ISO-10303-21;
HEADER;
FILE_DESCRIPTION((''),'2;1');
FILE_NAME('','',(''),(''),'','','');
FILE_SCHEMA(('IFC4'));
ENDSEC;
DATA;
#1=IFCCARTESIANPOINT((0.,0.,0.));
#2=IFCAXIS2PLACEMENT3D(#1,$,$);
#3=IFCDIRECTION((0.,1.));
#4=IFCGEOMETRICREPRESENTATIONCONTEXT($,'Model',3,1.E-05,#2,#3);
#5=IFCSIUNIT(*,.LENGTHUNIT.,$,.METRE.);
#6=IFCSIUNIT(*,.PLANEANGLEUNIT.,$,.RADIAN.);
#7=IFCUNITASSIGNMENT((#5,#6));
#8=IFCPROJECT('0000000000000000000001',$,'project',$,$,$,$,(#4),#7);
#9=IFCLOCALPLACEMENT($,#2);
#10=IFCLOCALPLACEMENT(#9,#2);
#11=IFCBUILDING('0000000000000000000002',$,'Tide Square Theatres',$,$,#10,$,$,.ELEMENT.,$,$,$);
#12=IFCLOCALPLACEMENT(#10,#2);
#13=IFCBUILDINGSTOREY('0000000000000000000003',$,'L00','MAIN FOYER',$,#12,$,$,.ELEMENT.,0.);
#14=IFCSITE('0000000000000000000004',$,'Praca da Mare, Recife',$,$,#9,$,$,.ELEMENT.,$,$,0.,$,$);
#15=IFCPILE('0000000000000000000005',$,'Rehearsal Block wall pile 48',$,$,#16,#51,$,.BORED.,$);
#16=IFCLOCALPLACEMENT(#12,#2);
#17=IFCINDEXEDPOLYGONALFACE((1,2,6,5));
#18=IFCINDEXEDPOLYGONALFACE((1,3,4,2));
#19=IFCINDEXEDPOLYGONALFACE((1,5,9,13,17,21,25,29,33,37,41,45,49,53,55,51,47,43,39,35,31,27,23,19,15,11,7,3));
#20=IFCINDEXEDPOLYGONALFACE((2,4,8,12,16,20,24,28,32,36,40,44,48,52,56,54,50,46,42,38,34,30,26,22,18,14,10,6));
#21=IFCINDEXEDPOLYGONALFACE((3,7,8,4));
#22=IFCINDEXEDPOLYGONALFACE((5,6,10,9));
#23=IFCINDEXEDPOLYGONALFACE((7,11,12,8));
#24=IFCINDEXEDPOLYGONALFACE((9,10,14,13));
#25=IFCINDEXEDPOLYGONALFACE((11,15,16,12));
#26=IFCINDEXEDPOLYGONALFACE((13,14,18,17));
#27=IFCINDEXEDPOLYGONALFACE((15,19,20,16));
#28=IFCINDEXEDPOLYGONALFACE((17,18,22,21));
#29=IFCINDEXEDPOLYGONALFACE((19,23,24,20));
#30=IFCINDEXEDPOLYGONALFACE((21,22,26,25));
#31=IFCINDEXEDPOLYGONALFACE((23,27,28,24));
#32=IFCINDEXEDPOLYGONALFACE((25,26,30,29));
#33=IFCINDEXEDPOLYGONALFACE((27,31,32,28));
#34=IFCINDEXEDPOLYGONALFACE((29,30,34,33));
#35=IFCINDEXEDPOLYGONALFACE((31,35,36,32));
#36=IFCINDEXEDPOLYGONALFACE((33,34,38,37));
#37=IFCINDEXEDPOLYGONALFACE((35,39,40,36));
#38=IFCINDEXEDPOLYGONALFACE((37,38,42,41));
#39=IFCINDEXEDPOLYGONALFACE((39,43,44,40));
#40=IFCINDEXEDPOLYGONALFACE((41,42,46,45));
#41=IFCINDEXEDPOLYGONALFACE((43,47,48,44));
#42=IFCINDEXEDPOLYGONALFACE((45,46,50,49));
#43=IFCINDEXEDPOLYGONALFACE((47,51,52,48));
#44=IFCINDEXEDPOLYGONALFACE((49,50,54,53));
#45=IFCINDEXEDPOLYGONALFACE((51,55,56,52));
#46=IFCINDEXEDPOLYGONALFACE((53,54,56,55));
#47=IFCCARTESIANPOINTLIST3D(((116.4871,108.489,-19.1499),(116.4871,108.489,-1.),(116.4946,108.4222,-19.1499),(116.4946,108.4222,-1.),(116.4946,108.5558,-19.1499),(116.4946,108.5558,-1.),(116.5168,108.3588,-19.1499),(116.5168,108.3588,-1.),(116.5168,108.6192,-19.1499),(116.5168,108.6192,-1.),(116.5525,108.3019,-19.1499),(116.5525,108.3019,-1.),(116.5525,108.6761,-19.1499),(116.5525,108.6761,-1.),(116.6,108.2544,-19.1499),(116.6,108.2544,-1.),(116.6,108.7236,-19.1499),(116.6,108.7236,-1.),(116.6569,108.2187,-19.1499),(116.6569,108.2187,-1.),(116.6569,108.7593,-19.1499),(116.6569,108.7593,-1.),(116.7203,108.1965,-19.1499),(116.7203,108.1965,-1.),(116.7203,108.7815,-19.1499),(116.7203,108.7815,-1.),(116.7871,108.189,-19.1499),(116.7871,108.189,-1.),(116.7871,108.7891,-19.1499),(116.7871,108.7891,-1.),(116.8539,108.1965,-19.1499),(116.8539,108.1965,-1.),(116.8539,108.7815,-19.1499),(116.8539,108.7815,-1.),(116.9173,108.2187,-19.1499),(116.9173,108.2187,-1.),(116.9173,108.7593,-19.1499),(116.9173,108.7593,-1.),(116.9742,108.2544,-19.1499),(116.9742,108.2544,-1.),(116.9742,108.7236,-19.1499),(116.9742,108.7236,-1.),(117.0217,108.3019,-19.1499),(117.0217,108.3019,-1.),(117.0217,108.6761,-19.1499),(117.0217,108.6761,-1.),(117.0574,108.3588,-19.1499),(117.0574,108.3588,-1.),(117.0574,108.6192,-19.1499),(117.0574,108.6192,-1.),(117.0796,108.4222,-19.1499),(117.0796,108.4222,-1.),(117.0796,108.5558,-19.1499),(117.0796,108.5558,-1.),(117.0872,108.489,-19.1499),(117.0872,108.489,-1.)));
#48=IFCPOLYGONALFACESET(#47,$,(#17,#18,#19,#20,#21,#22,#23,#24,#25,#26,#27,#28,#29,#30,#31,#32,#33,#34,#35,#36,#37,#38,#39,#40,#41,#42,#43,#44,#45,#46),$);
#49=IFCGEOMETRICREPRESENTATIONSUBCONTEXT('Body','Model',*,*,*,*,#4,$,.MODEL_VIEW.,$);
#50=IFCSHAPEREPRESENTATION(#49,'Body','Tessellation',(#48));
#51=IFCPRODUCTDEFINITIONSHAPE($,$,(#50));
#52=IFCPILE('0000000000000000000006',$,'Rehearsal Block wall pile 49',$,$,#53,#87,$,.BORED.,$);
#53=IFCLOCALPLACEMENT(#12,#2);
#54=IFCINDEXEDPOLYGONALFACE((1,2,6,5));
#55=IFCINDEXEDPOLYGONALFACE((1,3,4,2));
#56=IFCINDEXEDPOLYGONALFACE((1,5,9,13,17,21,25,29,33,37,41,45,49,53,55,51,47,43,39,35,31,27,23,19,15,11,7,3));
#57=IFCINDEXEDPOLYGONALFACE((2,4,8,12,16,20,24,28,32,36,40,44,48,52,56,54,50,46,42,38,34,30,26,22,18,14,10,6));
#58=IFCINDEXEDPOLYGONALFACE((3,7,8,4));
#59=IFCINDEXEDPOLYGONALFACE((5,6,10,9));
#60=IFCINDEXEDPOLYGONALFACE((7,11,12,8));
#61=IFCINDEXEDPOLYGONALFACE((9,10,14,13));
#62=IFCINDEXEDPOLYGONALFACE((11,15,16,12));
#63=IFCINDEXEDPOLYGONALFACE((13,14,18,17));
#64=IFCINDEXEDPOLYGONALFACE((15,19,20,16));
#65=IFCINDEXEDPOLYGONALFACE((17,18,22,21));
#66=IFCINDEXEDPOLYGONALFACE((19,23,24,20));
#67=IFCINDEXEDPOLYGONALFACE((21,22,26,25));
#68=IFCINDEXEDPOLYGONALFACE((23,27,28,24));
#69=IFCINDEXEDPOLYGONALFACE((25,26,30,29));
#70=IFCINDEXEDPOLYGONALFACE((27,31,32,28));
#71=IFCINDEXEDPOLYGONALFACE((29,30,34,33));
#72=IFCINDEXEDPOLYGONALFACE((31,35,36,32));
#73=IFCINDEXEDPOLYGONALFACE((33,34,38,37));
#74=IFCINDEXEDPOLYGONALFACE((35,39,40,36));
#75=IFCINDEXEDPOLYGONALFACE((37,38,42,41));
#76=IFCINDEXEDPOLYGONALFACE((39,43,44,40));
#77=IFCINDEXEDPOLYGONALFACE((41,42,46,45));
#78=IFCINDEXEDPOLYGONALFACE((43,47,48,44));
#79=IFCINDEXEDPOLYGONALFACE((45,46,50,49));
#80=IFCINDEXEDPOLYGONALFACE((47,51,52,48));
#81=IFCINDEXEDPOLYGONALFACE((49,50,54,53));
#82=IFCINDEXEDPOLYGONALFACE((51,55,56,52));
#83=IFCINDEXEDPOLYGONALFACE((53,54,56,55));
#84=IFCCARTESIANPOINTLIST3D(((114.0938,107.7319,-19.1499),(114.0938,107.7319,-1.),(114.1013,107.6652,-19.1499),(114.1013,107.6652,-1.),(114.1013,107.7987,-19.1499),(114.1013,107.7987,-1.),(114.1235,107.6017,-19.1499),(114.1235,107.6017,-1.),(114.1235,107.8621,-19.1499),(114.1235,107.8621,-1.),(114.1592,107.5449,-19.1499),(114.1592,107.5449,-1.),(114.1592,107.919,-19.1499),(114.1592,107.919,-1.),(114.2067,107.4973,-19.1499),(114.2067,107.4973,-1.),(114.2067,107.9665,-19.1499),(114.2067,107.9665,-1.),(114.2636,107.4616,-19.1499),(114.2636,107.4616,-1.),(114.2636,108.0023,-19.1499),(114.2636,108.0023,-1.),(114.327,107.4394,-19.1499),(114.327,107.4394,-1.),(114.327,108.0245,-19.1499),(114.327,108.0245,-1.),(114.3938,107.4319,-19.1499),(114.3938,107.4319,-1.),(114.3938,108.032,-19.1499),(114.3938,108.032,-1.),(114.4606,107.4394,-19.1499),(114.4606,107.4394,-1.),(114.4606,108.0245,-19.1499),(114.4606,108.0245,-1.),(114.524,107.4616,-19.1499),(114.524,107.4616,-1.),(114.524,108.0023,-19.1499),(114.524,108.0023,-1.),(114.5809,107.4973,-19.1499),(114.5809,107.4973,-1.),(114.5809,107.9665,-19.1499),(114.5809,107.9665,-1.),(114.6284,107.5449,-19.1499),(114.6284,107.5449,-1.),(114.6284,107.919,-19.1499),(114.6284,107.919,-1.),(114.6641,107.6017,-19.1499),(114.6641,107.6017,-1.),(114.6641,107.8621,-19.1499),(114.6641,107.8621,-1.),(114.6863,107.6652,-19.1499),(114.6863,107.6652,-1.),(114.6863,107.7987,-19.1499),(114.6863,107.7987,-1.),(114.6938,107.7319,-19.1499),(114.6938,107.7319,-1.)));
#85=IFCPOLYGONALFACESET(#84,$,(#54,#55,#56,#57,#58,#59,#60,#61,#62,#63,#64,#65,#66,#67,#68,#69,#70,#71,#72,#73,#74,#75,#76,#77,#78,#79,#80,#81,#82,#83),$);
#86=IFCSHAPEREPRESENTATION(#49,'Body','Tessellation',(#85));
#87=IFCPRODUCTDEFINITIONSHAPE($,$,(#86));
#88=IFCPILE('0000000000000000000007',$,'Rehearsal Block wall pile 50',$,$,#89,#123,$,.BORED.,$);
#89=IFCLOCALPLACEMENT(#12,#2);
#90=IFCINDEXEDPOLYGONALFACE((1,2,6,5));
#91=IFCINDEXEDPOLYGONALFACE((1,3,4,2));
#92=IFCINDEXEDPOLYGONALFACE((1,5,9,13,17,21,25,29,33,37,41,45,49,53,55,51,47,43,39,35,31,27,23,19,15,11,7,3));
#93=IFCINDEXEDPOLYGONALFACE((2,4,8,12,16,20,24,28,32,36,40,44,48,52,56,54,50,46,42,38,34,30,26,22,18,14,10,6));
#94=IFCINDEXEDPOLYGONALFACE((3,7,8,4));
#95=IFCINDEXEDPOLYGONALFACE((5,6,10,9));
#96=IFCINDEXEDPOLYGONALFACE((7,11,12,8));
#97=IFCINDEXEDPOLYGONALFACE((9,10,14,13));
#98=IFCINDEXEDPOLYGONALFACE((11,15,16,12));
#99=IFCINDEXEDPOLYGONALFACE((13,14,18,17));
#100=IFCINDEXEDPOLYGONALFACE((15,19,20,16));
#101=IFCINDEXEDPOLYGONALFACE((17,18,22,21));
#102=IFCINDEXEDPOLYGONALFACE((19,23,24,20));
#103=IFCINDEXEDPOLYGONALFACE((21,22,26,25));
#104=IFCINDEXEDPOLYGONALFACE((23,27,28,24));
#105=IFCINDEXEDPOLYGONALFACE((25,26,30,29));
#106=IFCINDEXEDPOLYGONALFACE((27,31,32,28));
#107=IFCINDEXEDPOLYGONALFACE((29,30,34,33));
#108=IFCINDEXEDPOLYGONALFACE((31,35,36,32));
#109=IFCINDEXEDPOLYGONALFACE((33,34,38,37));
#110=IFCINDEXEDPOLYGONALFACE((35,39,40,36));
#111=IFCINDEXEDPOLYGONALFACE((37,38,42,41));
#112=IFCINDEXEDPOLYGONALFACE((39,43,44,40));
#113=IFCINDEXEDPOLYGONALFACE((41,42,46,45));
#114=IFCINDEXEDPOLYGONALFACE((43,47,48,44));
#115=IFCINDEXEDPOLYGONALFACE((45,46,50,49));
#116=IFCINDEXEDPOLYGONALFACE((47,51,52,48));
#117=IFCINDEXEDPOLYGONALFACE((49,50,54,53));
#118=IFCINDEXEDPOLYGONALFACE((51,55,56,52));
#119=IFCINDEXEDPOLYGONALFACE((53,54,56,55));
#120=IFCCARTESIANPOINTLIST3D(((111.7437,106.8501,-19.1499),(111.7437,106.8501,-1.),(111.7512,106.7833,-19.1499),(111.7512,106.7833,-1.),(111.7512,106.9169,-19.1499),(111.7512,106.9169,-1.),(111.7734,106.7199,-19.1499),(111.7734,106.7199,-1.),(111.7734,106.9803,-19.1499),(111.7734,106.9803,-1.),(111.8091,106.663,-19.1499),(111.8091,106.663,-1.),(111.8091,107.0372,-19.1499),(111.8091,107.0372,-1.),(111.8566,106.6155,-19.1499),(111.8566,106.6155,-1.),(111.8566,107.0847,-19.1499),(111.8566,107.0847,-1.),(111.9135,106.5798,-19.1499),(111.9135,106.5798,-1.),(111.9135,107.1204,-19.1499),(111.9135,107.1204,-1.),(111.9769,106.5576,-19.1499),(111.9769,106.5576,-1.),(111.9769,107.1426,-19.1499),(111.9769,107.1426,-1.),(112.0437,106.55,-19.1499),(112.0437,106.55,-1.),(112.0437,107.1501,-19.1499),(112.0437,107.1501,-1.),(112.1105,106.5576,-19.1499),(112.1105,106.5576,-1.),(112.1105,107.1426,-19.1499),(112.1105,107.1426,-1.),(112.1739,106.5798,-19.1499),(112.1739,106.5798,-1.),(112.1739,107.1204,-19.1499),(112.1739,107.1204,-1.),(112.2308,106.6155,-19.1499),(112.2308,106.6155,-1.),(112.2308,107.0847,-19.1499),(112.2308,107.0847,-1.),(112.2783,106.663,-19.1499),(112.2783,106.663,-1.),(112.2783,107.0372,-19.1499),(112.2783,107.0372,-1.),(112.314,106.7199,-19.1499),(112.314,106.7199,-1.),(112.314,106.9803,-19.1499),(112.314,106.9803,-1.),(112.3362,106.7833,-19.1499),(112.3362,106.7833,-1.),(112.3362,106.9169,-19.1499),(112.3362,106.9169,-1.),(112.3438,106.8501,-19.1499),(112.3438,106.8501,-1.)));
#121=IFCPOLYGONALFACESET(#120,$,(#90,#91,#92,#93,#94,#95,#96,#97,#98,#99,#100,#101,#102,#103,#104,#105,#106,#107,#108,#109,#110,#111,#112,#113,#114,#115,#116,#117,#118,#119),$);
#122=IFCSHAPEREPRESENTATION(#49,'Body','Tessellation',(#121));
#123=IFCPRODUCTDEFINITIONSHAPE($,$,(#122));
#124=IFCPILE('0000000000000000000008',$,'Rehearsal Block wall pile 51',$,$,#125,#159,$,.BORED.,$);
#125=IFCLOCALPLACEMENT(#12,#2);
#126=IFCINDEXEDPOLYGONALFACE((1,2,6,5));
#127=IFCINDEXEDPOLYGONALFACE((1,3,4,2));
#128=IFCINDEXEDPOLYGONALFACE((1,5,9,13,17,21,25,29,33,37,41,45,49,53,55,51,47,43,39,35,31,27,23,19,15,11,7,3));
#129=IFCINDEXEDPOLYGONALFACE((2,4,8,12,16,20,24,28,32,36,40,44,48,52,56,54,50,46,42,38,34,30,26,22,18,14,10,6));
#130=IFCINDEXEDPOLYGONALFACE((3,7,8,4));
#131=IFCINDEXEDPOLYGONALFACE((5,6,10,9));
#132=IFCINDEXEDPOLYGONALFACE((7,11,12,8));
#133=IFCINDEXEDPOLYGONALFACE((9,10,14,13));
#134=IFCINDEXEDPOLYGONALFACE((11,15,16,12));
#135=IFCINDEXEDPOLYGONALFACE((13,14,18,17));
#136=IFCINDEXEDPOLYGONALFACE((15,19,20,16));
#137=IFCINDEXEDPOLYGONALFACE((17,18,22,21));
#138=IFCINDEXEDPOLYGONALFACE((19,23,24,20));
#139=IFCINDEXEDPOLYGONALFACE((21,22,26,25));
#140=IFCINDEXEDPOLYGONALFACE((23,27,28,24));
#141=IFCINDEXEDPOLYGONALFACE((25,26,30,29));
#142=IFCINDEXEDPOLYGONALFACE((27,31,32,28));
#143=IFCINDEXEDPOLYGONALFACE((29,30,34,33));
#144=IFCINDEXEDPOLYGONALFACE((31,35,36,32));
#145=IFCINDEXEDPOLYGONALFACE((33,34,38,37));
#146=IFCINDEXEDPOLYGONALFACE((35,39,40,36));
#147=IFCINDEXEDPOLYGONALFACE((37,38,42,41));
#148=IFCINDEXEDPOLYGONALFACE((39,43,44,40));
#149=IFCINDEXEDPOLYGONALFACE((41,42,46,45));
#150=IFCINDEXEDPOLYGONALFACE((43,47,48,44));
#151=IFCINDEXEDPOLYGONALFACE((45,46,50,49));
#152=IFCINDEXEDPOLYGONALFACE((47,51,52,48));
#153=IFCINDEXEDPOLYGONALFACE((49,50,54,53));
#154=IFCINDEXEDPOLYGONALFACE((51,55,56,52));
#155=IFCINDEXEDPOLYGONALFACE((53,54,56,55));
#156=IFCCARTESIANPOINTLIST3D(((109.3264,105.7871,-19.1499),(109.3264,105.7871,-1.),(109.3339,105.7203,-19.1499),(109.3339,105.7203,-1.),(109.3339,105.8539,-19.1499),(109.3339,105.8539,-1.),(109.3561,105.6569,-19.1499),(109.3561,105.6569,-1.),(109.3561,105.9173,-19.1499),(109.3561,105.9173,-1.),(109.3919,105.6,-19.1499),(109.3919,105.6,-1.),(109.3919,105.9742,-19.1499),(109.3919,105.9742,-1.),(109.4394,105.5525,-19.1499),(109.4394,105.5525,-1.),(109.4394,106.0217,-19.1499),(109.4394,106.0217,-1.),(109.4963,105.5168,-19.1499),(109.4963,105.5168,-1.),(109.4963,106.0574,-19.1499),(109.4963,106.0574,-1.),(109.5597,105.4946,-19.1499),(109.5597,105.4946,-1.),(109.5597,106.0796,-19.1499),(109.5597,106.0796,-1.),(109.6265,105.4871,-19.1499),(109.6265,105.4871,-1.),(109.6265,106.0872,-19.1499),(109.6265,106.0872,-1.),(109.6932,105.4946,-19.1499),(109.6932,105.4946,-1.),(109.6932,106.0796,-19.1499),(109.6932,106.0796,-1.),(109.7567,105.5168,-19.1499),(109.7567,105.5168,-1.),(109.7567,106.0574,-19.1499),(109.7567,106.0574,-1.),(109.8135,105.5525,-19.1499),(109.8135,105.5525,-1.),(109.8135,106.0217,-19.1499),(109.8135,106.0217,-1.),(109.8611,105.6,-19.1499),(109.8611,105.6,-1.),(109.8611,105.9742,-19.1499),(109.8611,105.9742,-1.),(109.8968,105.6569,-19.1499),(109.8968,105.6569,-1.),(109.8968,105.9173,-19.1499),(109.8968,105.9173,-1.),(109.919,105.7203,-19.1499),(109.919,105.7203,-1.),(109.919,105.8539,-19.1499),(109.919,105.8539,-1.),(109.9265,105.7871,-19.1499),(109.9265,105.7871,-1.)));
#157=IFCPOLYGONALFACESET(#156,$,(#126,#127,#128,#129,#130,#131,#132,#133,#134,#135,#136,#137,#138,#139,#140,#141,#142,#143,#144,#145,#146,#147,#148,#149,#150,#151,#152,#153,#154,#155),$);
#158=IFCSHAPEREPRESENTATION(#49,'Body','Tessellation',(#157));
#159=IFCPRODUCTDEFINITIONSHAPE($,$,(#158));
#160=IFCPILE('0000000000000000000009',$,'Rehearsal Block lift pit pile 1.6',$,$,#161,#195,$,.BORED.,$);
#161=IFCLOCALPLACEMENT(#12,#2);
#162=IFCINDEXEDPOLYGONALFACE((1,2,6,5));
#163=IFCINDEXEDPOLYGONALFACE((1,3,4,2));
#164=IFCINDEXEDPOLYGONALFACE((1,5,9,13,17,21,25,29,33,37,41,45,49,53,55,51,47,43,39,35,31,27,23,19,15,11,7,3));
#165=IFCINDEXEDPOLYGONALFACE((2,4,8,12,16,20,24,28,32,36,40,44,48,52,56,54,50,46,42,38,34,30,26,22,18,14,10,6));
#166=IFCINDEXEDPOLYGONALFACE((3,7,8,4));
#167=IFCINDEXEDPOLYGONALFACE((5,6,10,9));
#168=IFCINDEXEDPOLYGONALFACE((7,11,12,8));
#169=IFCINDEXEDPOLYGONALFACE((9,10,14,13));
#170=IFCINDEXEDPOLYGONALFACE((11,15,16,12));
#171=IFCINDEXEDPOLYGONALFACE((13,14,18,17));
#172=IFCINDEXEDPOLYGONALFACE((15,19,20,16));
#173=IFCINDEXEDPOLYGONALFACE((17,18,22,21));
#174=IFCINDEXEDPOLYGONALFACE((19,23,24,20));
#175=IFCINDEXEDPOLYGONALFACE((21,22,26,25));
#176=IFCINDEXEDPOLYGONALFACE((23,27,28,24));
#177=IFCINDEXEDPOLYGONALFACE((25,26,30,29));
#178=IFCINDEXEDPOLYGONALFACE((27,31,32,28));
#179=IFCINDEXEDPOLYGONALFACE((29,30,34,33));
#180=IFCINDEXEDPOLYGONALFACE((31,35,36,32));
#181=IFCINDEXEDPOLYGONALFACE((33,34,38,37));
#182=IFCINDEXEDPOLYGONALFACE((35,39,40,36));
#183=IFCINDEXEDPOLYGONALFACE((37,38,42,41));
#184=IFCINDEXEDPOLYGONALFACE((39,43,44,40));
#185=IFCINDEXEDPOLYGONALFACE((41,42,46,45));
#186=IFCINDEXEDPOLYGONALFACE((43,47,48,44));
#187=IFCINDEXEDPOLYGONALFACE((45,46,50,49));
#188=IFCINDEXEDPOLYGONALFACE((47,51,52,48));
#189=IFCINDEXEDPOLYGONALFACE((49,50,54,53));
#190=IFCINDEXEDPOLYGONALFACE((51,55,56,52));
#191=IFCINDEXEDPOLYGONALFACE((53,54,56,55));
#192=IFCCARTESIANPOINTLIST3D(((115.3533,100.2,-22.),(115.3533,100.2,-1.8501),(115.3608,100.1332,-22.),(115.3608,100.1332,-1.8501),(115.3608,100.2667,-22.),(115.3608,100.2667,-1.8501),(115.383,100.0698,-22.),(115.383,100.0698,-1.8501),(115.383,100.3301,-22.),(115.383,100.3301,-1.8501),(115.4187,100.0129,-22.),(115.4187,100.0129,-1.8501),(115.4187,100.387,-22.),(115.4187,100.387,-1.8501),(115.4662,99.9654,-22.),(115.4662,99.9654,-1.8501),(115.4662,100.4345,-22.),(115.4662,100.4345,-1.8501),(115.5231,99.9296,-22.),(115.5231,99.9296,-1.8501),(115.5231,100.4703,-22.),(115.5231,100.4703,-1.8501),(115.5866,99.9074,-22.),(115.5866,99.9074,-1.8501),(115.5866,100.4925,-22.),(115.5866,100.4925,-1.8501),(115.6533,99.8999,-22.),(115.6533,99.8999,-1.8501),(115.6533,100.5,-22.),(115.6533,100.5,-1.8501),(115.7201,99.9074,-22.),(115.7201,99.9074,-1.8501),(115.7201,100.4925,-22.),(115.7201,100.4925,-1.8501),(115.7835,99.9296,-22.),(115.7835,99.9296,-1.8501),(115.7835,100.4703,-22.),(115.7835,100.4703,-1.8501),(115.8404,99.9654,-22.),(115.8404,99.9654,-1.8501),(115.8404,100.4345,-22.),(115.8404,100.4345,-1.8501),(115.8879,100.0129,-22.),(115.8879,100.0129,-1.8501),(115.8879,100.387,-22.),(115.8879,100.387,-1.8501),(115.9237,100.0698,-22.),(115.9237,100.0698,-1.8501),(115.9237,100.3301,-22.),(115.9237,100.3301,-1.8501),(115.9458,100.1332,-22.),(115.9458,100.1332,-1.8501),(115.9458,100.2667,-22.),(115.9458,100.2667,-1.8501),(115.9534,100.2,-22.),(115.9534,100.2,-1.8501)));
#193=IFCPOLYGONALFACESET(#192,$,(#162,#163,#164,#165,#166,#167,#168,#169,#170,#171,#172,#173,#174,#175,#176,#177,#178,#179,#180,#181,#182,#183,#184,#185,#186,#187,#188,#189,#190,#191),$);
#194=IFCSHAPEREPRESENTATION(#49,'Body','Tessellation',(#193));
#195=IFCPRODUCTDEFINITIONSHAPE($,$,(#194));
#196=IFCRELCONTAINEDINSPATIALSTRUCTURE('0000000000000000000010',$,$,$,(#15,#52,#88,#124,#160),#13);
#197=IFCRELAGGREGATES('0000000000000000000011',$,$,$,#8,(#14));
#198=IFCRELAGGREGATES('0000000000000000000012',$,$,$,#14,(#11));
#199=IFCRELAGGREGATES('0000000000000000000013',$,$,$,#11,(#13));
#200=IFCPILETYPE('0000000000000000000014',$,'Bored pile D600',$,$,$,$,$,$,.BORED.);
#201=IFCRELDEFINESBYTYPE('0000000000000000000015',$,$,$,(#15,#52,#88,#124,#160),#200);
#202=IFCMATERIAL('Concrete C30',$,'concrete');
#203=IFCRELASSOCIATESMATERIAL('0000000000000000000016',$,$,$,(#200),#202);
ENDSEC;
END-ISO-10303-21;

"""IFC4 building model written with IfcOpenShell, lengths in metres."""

from ifc_helpers import new_model, si_unit, direction, frame, origin, origin_2d, place, context, subcontext, project, spatial, circle, extrude, material, material_profile, profile_set, type_object, element, save


model = new_model("IFC4")

# Units and contexts
model_context = context("Model", 3, precision=1e-05, world=origin(), true_north=direction((0.0, 1.0)))
body_context = subcontext(model_context, "Body", "Model", "MODEL_VIEW")
ifc_project = project(units=[si_unit("LENGTHUNIT", "METRE"), si_unit("PLANEANGLEUNIT", "RADIAN")], contexts=[model_context])

# Site, building, storey
site_placement = place(None, origin())
site = spatial("IfcSite", under=ifc_project, at=site_placement, Name="Praca da Mare, Recife", CompositionType="ELEMENT", RefElevation=0.0)
building_placement = place(site_placement, origin())
building = spatial("IfcBuilding", under=site, at=building_placement, Name="Tide Square Theatres", CompositionType="ELEMENT")
storey_placement = place(building_placement, origin())
storey = spatial("IfcBuildingStorey", under=building, at=storey_placement, Name="L00", Description="MAIN FOYER", CompositionType="ELEMENT", Elevation=0.0)

# Piles
ifc_material_1 = material(Name="Concrete C30", Category="concrete")
ifc_material_profile_1 = material_profile(ifc_material_1, circle(Radius=0.3, at=origin_2d()))
ifc_profile_set_1 = profile_set([ifc_material_profile_1], Name="Concrete C30")
pile_type = type_object("IfcPileType", Name="Bored pile D600", PredefinedType="BORED", material=ifc_profile_set_1)
for number, where, z_axis, x_axis, name in (
    (1, (116.7871, 108.489, -1.0), (0.0, 0.0, -1.0), (1.0, 0.0, 0.0), "Rehearsal Block wall pile 48"),
    (2, (114.3938, 107.7319, -1.0), (0.0, 0.0, -1.0), (1.0, 0.0, 0.0), "Rehearsal Block wall pile 49"),
    (3, (112.0437, 106.8501, -1.0), (0.0, 0.0, -1.0), (1.0, 0.0, 0.0), "Rehearsal Block wall pile 50"),
    (4, (109.6265, 105.7871, -1.0), (0.0, 0.0, -1.0), (1.0, 0.0, 0.0), "Rehearsal Block wall pile 51"),
):
    element("IfcPile", number, at=place(storey_placement, frame(where, z_axis=z_axis, x_axis=x_axis)), inside=storey, type_object=pile_type, Name=name, PredefinedType="BORED", context=body_context, shape_type="SweptSolid", body=[
        extrude(circle(Radius=0.3, at=origin_2d()), origin(), (0.0, 0.0, 1.0), 18.1499),
    ])
for number, where, z_axis, x_axis, name in (
    (5, (115.6533, 100.2, -1.8501), (0.0, 0.0, -1.0), (1.0, 0.0, 0.0), "Rehearsal Block lift pit pile 1.6"),
):
    element("IfcPile", number, at=place(storey_placement, frame(where, z_axis=z_axis, x_axis=x_axis)), inside=storey, type_object=pile_type, Name=name, PredefinedType="BORED", context=body_context, shape_type="SweptSolid", body=[
        extrude(circle(Radius=0.3, at=origin_2d()), origin(), (0.0, 0.0, 1.0), 20.1499),
    ])

save(model, "model.ifc")
